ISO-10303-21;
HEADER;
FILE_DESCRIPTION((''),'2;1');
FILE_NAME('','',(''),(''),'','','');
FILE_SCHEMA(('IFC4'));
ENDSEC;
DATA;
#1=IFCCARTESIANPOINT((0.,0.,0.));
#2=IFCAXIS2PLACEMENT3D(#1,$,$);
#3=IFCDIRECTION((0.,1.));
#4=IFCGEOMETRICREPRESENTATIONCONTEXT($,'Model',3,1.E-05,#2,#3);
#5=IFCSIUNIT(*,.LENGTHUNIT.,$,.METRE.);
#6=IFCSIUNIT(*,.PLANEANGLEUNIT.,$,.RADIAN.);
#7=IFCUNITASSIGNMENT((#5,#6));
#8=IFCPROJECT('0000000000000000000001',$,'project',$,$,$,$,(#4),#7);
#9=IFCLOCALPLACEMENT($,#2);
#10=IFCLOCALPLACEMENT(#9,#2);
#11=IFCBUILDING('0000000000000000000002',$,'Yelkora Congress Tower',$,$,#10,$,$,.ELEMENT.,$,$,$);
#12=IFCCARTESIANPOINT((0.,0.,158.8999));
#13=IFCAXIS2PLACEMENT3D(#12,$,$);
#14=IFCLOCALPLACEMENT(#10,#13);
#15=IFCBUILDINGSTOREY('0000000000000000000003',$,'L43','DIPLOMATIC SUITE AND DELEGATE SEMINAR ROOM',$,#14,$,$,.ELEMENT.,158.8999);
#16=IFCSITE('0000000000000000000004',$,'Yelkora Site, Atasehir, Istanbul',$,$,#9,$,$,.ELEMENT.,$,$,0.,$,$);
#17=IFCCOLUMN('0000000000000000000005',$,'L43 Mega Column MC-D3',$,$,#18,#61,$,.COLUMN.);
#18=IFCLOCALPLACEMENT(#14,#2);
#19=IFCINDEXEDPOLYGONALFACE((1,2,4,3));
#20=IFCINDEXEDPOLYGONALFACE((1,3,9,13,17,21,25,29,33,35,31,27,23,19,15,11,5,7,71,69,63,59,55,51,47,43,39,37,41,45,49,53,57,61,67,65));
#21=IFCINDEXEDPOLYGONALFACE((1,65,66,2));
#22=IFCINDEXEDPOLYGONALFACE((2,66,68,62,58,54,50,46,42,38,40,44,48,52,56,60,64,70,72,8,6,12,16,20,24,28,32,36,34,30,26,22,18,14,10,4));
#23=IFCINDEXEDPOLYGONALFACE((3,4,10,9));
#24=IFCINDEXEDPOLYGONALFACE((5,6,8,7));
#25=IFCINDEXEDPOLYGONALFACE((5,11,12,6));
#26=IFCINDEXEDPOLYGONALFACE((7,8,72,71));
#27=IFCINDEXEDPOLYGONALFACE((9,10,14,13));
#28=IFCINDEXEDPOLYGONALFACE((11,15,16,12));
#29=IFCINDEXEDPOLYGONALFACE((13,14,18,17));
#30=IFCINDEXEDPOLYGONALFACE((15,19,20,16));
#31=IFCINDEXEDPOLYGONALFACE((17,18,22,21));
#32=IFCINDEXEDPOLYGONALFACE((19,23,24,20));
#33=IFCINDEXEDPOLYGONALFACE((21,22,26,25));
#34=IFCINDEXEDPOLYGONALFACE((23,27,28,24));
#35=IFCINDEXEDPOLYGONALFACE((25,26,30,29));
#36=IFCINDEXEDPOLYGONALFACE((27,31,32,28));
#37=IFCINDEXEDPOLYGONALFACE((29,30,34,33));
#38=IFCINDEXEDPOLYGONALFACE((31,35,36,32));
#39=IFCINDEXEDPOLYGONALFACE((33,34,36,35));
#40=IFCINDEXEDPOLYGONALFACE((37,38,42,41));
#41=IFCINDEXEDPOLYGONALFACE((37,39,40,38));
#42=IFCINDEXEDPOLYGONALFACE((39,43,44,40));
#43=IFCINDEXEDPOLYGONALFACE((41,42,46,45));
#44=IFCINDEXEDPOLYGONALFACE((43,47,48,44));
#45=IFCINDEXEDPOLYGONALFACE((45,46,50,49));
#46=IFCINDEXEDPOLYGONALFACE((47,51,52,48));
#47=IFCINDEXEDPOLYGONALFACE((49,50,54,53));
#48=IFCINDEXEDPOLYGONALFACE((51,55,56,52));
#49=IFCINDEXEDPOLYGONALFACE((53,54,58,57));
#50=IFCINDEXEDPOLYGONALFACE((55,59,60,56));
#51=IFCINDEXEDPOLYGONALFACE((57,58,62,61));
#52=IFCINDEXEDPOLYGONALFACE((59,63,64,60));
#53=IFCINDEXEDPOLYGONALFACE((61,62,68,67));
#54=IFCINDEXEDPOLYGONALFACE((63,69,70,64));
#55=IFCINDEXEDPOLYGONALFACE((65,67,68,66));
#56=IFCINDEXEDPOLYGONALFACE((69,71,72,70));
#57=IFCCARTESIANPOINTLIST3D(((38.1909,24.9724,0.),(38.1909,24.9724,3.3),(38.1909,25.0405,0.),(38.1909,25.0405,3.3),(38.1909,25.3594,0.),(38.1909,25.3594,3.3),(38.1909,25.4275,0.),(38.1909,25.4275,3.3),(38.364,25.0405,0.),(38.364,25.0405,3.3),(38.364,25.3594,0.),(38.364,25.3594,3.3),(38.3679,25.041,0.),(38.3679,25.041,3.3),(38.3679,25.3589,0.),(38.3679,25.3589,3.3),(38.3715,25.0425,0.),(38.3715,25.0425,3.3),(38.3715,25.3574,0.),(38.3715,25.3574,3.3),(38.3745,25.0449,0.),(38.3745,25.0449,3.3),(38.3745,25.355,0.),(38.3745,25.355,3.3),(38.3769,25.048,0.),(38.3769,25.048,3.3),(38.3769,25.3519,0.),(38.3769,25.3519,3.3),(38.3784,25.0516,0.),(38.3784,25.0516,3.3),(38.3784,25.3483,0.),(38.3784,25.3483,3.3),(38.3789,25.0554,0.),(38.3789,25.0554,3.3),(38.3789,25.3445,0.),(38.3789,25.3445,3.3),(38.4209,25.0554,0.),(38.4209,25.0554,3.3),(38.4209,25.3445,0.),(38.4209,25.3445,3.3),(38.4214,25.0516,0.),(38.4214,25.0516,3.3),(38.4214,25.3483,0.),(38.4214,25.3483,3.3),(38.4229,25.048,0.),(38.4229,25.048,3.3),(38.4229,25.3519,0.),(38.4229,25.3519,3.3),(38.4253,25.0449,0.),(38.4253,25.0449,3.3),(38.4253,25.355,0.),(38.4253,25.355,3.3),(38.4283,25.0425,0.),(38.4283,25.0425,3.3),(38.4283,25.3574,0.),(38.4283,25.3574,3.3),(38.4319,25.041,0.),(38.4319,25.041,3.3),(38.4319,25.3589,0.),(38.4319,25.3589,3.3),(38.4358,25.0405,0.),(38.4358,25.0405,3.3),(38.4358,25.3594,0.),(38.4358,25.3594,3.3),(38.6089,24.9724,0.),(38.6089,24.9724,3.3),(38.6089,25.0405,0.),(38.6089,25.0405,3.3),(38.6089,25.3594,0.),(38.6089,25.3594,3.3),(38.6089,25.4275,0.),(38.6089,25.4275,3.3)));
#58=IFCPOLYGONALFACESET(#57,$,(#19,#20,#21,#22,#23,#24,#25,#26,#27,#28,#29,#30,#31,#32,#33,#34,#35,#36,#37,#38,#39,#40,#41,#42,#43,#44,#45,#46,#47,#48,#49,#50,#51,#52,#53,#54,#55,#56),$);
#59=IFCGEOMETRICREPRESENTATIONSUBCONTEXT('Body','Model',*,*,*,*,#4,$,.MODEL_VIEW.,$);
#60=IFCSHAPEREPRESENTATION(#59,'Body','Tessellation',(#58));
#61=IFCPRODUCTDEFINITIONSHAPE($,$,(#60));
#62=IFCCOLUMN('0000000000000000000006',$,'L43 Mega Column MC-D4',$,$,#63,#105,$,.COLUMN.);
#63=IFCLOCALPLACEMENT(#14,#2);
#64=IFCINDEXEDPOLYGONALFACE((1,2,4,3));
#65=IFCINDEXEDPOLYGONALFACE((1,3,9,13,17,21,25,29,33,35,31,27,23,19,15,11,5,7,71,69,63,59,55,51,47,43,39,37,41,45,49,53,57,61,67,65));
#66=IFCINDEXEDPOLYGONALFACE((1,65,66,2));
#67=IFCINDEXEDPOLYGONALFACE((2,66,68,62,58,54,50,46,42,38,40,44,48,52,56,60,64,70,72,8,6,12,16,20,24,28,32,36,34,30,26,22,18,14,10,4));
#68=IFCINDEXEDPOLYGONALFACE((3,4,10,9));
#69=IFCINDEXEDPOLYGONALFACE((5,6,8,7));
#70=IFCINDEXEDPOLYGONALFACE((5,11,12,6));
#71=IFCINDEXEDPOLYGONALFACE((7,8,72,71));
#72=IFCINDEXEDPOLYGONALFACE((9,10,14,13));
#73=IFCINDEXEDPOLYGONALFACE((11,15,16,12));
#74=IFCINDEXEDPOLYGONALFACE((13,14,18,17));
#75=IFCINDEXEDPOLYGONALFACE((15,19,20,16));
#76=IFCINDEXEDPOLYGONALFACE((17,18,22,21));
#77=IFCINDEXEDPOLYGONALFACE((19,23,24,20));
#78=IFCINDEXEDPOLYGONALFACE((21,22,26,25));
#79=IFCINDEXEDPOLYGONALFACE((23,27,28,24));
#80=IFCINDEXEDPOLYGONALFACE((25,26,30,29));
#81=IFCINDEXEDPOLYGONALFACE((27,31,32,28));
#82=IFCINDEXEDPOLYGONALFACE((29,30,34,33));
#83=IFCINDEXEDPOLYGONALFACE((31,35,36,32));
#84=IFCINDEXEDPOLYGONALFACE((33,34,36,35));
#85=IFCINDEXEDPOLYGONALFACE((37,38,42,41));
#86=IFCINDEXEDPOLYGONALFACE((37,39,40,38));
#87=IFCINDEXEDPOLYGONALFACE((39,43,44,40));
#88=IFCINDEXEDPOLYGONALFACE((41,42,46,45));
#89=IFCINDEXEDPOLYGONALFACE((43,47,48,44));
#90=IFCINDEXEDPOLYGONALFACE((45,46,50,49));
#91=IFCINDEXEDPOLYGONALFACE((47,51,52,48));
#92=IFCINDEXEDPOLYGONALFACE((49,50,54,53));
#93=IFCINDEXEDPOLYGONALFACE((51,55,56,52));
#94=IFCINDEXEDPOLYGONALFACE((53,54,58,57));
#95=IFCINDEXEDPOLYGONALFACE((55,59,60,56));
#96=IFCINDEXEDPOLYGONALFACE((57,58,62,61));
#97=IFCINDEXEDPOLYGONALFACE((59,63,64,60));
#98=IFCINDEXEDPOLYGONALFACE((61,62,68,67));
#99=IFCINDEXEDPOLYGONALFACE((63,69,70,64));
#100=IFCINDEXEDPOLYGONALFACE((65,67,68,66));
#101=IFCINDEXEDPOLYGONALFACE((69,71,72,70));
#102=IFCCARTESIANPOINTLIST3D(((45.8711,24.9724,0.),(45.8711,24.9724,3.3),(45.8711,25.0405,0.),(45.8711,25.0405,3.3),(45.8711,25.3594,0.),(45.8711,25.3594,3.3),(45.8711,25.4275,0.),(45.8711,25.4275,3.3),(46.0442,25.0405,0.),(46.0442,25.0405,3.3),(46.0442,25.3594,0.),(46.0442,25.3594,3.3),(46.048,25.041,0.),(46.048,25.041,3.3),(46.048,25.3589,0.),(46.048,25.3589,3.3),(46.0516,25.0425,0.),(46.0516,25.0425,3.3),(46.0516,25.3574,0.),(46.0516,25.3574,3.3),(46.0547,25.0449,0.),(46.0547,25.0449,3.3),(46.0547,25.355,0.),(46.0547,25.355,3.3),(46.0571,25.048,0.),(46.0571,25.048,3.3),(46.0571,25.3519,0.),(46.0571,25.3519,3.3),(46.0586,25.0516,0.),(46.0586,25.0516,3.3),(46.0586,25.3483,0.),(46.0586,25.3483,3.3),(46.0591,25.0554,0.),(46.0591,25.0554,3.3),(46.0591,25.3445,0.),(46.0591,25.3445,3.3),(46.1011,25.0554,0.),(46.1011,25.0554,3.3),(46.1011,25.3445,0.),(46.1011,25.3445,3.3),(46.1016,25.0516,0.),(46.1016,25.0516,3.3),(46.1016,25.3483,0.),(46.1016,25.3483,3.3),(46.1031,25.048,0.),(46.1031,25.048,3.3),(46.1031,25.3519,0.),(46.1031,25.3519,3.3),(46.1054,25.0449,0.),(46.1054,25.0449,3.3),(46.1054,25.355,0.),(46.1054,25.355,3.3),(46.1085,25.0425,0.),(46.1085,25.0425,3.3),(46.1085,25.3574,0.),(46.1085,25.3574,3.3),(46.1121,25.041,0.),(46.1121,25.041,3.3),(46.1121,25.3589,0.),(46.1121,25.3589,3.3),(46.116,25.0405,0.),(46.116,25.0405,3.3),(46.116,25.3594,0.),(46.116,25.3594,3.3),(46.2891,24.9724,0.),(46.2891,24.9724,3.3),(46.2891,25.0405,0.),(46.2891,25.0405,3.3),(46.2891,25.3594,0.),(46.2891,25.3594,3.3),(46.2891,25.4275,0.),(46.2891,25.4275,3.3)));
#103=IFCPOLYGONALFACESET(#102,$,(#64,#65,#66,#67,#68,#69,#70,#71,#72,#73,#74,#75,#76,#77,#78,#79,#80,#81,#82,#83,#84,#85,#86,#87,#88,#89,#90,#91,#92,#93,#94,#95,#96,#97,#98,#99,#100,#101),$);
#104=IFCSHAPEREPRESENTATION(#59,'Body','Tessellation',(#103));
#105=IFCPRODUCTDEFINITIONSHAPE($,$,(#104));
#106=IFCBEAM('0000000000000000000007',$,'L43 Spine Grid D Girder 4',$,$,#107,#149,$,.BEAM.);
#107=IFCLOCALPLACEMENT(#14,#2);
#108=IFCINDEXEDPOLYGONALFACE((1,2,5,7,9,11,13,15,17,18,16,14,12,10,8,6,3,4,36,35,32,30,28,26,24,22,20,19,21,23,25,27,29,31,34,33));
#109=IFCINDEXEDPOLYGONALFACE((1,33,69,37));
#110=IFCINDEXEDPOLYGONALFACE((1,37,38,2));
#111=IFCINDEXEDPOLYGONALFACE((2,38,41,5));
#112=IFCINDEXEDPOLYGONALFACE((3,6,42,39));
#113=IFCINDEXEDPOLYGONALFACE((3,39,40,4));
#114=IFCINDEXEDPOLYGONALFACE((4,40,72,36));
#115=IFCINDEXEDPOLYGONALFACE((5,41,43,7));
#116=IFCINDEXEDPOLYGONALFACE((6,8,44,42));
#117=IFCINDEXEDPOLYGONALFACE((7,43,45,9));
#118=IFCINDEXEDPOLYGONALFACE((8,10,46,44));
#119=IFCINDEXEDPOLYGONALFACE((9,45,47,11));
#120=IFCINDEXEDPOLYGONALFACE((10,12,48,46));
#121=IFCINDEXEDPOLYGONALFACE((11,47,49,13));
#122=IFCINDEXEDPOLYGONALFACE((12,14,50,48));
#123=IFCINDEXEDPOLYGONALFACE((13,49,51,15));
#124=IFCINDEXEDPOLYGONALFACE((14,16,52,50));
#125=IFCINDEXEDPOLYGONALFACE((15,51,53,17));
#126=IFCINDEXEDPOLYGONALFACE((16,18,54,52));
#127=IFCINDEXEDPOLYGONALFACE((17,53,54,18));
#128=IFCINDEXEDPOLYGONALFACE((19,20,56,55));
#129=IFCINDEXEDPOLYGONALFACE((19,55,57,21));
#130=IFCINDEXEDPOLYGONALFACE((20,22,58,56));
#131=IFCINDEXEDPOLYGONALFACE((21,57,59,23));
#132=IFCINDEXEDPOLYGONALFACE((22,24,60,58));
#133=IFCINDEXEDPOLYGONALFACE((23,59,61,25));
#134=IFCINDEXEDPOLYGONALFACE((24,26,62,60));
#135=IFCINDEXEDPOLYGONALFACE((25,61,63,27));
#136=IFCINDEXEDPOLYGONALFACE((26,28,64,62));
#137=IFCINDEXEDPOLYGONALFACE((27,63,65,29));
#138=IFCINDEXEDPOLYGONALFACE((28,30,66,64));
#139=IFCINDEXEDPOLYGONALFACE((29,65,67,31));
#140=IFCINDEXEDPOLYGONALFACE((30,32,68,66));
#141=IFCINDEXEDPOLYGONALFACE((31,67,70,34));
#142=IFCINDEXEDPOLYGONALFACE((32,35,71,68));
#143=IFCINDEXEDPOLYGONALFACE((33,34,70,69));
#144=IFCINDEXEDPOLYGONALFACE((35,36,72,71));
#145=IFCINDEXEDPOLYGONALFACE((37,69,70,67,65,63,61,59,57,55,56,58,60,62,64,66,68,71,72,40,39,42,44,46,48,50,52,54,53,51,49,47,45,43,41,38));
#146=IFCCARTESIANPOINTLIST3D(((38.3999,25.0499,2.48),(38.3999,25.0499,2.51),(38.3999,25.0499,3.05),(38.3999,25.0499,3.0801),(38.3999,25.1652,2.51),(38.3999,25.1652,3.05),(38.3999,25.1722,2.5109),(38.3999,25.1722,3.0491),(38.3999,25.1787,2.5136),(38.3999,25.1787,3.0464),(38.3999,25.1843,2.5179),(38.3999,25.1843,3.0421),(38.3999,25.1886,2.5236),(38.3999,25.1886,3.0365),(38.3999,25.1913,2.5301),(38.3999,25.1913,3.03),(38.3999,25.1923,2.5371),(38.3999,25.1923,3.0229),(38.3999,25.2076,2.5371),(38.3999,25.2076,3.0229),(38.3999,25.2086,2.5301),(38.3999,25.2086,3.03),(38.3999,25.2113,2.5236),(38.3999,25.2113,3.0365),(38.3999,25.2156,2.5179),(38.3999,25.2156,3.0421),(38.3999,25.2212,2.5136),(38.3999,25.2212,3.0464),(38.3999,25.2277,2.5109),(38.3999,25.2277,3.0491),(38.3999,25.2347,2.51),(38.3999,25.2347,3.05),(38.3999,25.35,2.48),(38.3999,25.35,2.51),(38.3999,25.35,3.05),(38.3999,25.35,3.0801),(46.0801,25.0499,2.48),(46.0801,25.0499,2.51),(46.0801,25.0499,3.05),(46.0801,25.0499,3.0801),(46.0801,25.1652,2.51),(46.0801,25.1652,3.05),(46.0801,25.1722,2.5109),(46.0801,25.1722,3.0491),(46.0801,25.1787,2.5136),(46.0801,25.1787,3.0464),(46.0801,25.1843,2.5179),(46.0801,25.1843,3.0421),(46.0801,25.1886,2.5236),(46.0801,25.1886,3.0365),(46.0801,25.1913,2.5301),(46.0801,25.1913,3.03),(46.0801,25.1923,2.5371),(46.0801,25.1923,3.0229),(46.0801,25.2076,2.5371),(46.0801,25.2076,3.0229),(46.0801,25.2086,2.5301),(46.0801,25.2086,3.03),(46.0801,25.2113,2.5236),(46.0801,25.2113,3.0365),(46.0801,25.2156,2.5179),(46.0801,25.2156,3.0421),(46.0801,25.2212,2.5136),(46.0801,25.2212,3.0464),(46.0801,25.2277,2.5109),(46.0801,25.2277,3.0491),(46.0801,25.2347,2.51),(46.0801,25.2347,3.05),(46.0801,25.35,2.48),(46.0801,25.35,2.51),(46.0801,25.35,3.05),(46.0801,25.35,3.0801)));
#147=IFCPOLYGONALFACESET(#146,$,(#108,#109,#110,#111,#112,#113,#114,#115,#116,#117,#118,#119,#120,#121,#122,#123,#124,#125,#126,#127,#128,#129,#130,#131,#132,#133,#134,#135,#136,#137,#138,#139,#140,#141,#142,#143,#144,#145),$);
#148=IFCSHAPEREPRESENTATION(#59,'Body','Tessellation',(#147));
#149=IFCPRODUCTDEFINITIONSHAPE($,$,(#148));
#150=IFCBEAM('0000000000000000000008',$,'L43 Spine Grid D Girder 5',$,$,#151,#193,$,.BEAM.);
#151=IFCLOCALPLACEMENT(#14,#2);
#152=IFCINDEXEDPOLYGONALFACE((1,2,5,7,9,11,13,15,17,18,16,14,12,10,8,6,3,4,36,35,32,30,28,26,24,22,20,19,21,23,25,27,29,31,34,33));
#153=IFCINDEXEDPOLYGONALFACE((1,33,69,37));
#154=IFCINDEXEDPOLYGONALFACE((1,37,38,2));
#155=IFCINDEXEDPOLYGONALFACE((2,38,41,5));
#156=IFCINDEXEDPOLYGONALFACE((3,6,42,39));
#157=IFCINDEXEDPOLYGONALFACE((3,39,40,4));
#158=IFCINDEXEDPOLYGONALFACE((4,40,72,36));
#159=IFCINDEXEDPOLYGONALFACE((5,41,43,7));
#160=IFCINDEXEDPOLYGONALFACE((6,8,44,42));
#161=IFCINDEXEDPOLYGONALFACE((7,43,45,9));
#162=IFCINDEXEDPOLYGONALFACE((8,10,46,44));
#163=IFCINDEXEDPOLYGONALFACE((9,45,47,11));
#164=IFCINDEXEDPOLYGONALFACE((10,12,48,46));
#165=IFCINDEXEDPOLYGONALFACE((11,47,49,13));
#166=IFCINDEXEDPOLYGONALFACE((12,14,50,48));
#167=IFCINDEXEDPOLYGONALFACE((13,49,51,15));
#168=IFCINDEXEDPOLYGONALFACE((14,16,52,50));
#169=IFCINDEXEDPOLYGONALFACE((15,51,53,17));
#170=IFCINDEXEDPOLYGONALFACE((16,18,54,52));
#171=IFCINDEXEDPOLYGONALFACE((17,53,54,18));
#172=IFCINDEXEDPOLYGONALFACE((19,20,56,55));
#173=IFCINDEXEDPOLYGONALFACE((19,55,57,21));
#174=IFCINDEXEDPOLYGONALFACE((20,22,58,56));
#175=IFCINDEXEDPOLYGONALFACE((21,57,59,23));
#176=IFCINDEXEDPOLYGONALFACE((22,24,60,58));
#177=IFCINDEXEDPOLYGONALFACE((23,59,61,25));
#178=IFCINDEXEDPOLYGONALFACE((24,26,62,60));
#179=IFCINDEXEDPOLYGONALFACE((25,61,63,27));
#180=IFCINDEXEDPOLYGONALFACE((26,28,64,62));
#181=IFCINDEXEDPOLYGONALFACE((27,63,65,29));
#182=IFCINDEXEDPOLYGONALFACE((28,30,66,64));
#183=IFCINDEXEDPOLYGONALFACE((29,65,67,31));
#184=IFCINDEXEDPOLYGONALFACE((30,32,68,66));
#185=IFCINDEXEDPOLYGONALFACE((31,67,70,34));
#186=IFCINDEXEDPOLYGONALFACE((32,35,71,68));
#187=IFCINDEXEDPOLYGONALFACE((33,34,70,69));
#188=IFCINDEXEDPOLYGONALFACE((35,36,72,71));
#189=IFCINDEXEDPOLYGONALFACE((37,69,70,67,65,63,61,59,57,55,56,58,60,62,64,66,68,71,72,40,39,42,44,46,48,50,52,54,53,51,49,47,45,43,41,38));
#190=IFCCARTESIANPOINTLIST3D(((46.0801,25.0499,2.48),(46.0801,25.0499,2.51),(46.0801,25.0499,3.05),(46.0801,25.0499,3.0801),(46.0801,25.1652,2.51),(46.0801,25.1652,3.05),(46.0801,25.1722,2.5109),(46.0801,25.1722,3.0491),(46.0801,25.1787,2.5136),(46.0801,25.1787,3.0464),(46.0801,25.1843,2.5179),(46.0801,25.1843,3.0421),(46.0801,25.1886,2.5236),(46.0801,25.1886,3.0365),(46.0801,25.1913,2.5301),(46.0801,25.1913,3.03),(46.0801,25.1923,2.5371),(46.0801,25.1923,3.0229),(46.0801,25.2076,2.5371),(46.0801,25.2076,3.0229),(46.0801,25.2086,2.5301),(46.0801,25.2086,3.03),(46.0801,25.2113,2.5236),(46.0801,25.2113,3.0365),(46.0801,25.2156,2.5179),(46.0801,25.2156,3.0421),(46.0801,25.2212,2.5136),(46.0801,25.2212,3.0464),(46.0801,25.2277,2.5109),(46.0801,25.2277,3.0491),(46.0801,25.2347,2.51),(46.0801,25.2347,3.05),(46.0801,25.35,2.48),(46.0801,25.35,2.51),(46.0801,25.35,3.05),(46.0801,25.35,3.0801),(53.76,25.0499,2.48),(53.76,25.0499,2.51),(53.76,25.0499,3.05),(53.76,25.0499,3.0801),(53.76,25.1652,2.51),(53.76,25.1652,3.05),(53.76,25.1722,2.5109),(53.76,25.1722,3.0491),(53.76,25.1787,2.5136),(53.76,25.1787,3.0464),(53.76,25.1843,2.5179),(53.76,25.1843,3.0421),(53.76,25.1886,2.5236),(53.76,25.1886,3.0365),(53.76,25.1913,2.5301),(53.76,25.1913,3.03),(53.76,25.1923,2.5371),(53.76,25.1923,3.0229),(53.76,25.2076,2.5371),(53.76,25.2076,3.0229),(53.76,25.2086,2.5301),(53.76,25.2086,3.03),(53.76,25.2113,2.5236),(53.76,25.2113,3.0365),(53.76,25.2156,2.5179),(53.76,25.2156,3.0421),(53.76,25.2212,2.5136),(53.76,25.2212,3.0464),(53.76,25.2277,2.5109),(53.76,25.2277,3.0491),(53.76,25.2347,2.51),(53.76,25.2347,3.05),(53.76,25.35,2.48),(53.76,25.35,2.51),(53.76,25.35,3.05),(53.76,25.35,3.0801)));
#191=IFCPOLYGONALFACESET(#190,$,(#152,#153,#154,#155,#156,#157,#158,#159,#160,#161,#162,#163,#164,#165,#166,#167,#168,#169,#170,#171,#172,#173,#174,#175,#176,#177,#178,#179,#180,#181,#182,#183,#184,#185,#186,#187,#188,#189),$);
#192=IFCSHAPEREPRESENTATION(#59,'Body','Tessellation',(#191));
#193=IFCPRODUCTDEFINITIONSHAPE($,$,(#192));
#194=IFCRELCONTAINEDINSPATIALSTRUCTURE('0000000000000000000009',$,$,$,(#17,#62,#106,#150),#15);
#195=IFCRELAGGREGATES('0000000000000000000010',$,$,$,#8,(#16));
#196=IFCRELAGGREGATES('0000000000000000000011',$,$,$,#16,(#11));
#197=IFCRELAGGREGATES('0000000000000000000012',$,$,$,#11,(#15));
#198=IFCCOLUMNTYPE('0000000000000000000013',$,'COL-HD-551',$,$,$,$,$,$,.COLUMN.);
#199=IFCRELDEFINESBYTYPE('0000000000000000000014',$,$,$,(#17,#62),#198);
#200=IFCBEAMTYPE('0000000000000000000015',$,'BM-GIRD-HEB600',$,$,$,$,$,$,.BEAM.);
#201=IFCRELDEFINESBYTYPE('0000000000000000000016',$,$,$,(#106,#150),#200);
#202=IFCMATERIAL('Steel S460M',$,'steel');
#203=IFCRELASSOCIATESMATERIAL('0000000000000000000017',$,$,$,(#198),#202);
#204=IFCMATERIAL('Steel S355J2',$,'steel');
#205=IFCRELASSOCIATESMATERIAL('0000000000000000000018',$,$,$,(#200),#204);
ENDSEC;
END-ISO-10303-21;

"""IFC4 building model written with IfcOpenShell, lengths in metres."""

from ifc_helpers import new_model, si_unit, direction, frame, origin, origin_2d, place, context, subcontext, project, spatial, i_section, extrude, material, material_profile, profile_set, type_object, element, save


model = new_model("IFC4")

# Units and contexts
model_context = context("Model", 3, precision=1e-05, world=origin(), true_north=direction((0.0, 1.0)))
body_context = subcontext(model_context, "Body", "Model", "MODEL_VIEW")
ifc_project = project(units=[si_unit("LENGTHUNIT", "METRE"), si_unit("PLANEANGLEUNIT", "RADIAN")], contexts=[model_context])

# Site, building, storey
site_placement = place(None, origin())
site = spatial("IfcSite", under=ifc_project, at=site_placement, Name="Yelkora Site, Atasehir, Istanbul", CompositionType="ELEMENT", RefElevation=0.0)
building_placement = place(site_placement, origin())
building = spatial("IfcBuilding", under=site, at=building_placement, Name="Yelkora Congress Tower", CompositionType="ELEMENT")
storey_placement = place(building_placement, frame((0.0, 0.0, 158.8999)))
storey = spatial("IfcBuildingStorey", under=building, at=storey_placement, Name="L43", Description="DIPLOMATIC SUITE AND DELEGATE SEMINAR ROOM", CompositionType="ELEMENT", Elevation=158.8999)

# Columns
ifc_material_1 = material(Name="Steel S460M", Category="steel")
ifc_material_profile_1 = material_profile(ifc_material_1, i_section(OverallWidth=0.418, OverallDepth=0.4551, WebThickness=0.042, FlangeThickness=0.0681, FilletRadius=0.0149, at=origin_2d()), Name="HD 400x551")
ifc_profile_set_1 = profile_set([ifc_material_profile_1], Name="Steel S460M")
column_type = type_object("IfcColumnType", Name="COL-HD-551", PredefinedType="COLUMN", material=ifc_profile_set_1)
for number, where, z_axis, x_axis, name in (
    (1, (38.3999, 25.2, 0.0), (0.0, 0.0, 1.0), (1.0, 0.0, 0.0), "L43 Mega Column MC-D3"),
    (2, (46.0801, 25.2, 0.0), (0.0, 0.0, 1.0), (1.0, 0.0, 0.0), "L43 Mega Column MC-D4"),
):
    element("IfcColumn", number, at=place(storey_placement, frame(where, z_axis=z_axis, x_axis=x_axis)), inside=storey, type_object=column_type, Name=name, PredefinedType="COLUMN", context=body_context, shape_type="SweptSolid", body=[
        extrude(i_section(OverallWidth=0.418, OverallDepth=0.4551, WebThickness=0.042, FlangeThickness=0.0681, FilletRadius=0.0149, at=origin_2d()), origin(), (0.0, 0.0, 1.0), 3.3),
    ])

# Beams
ifc_material_2 = material(Name="Steel S355J2", Category="steel")
ifc_material_profile_2 = material_profile(ifc_material_2, i_section(OverallWidth=0.3, OverallDepth=0.6001, WebThickness=0.0154, FlangeThickness=0.03, FilletRadius=0.0271, at=origin_2d()), Name="HEB 600")
ifc_profile_set_2 = profile_set([ifc_material_profile_2], Name="Steel S355J2")
beam_type_1 = type_object("IfcBeamType", Name="BM-GIRD-HEB600", PredefinedType="BEAM", material=ifc_profile_set_2)
beam_1_placement = place(storey_placement, frame((38.3999, 25.2, 2.78), z_axis=(1.0, 0.0, 0.0), x_axis=(0.0, 1.0, 0.0)))
element("IfcBeam", 3, at=beam_1_placement, inside=storey, type_object=beam_type_1, Name="L43 Spine Grid D Girder 4", PredefinedType="BEAM", context=body_context, shape_type="SweptSolid", body=[
    extrude(i_section(OverallWidth=0.3, OverallDepth=0.6001, WebThickness=0.0154, FlangeThickness=0.03, FilletRadius=0.0271, at=origin_2d()), origin(), (0.0, 0.0, 1.0), 7.6802),
])
beam_2_placement = place(storey_placement, frame((46.0801, 25.2, 2.78), z_axis=(1.0, 0.0, 0.0), x_axis=(0.0, 1.0, 0.0)))
element("IfcBeam", 4, at=beam_2_placement, inside=storey, type_object=beam_type_1, Name="L43 Spine Grid D Girder 5", PredefinedType="BEAM", context=body_context, shape_type="SweptSolid", body=[
    extrude(i_section(OverallWidth=0.3, OverallDepth=0.6001, WebThickness=0.0154, FlangeThickness=0.03, FilletRadius=0.0271, at=origin_2d()), origin(), (0.0, 0.0, 1.0), 7.6799),
])

save(model, "model.ifc")
